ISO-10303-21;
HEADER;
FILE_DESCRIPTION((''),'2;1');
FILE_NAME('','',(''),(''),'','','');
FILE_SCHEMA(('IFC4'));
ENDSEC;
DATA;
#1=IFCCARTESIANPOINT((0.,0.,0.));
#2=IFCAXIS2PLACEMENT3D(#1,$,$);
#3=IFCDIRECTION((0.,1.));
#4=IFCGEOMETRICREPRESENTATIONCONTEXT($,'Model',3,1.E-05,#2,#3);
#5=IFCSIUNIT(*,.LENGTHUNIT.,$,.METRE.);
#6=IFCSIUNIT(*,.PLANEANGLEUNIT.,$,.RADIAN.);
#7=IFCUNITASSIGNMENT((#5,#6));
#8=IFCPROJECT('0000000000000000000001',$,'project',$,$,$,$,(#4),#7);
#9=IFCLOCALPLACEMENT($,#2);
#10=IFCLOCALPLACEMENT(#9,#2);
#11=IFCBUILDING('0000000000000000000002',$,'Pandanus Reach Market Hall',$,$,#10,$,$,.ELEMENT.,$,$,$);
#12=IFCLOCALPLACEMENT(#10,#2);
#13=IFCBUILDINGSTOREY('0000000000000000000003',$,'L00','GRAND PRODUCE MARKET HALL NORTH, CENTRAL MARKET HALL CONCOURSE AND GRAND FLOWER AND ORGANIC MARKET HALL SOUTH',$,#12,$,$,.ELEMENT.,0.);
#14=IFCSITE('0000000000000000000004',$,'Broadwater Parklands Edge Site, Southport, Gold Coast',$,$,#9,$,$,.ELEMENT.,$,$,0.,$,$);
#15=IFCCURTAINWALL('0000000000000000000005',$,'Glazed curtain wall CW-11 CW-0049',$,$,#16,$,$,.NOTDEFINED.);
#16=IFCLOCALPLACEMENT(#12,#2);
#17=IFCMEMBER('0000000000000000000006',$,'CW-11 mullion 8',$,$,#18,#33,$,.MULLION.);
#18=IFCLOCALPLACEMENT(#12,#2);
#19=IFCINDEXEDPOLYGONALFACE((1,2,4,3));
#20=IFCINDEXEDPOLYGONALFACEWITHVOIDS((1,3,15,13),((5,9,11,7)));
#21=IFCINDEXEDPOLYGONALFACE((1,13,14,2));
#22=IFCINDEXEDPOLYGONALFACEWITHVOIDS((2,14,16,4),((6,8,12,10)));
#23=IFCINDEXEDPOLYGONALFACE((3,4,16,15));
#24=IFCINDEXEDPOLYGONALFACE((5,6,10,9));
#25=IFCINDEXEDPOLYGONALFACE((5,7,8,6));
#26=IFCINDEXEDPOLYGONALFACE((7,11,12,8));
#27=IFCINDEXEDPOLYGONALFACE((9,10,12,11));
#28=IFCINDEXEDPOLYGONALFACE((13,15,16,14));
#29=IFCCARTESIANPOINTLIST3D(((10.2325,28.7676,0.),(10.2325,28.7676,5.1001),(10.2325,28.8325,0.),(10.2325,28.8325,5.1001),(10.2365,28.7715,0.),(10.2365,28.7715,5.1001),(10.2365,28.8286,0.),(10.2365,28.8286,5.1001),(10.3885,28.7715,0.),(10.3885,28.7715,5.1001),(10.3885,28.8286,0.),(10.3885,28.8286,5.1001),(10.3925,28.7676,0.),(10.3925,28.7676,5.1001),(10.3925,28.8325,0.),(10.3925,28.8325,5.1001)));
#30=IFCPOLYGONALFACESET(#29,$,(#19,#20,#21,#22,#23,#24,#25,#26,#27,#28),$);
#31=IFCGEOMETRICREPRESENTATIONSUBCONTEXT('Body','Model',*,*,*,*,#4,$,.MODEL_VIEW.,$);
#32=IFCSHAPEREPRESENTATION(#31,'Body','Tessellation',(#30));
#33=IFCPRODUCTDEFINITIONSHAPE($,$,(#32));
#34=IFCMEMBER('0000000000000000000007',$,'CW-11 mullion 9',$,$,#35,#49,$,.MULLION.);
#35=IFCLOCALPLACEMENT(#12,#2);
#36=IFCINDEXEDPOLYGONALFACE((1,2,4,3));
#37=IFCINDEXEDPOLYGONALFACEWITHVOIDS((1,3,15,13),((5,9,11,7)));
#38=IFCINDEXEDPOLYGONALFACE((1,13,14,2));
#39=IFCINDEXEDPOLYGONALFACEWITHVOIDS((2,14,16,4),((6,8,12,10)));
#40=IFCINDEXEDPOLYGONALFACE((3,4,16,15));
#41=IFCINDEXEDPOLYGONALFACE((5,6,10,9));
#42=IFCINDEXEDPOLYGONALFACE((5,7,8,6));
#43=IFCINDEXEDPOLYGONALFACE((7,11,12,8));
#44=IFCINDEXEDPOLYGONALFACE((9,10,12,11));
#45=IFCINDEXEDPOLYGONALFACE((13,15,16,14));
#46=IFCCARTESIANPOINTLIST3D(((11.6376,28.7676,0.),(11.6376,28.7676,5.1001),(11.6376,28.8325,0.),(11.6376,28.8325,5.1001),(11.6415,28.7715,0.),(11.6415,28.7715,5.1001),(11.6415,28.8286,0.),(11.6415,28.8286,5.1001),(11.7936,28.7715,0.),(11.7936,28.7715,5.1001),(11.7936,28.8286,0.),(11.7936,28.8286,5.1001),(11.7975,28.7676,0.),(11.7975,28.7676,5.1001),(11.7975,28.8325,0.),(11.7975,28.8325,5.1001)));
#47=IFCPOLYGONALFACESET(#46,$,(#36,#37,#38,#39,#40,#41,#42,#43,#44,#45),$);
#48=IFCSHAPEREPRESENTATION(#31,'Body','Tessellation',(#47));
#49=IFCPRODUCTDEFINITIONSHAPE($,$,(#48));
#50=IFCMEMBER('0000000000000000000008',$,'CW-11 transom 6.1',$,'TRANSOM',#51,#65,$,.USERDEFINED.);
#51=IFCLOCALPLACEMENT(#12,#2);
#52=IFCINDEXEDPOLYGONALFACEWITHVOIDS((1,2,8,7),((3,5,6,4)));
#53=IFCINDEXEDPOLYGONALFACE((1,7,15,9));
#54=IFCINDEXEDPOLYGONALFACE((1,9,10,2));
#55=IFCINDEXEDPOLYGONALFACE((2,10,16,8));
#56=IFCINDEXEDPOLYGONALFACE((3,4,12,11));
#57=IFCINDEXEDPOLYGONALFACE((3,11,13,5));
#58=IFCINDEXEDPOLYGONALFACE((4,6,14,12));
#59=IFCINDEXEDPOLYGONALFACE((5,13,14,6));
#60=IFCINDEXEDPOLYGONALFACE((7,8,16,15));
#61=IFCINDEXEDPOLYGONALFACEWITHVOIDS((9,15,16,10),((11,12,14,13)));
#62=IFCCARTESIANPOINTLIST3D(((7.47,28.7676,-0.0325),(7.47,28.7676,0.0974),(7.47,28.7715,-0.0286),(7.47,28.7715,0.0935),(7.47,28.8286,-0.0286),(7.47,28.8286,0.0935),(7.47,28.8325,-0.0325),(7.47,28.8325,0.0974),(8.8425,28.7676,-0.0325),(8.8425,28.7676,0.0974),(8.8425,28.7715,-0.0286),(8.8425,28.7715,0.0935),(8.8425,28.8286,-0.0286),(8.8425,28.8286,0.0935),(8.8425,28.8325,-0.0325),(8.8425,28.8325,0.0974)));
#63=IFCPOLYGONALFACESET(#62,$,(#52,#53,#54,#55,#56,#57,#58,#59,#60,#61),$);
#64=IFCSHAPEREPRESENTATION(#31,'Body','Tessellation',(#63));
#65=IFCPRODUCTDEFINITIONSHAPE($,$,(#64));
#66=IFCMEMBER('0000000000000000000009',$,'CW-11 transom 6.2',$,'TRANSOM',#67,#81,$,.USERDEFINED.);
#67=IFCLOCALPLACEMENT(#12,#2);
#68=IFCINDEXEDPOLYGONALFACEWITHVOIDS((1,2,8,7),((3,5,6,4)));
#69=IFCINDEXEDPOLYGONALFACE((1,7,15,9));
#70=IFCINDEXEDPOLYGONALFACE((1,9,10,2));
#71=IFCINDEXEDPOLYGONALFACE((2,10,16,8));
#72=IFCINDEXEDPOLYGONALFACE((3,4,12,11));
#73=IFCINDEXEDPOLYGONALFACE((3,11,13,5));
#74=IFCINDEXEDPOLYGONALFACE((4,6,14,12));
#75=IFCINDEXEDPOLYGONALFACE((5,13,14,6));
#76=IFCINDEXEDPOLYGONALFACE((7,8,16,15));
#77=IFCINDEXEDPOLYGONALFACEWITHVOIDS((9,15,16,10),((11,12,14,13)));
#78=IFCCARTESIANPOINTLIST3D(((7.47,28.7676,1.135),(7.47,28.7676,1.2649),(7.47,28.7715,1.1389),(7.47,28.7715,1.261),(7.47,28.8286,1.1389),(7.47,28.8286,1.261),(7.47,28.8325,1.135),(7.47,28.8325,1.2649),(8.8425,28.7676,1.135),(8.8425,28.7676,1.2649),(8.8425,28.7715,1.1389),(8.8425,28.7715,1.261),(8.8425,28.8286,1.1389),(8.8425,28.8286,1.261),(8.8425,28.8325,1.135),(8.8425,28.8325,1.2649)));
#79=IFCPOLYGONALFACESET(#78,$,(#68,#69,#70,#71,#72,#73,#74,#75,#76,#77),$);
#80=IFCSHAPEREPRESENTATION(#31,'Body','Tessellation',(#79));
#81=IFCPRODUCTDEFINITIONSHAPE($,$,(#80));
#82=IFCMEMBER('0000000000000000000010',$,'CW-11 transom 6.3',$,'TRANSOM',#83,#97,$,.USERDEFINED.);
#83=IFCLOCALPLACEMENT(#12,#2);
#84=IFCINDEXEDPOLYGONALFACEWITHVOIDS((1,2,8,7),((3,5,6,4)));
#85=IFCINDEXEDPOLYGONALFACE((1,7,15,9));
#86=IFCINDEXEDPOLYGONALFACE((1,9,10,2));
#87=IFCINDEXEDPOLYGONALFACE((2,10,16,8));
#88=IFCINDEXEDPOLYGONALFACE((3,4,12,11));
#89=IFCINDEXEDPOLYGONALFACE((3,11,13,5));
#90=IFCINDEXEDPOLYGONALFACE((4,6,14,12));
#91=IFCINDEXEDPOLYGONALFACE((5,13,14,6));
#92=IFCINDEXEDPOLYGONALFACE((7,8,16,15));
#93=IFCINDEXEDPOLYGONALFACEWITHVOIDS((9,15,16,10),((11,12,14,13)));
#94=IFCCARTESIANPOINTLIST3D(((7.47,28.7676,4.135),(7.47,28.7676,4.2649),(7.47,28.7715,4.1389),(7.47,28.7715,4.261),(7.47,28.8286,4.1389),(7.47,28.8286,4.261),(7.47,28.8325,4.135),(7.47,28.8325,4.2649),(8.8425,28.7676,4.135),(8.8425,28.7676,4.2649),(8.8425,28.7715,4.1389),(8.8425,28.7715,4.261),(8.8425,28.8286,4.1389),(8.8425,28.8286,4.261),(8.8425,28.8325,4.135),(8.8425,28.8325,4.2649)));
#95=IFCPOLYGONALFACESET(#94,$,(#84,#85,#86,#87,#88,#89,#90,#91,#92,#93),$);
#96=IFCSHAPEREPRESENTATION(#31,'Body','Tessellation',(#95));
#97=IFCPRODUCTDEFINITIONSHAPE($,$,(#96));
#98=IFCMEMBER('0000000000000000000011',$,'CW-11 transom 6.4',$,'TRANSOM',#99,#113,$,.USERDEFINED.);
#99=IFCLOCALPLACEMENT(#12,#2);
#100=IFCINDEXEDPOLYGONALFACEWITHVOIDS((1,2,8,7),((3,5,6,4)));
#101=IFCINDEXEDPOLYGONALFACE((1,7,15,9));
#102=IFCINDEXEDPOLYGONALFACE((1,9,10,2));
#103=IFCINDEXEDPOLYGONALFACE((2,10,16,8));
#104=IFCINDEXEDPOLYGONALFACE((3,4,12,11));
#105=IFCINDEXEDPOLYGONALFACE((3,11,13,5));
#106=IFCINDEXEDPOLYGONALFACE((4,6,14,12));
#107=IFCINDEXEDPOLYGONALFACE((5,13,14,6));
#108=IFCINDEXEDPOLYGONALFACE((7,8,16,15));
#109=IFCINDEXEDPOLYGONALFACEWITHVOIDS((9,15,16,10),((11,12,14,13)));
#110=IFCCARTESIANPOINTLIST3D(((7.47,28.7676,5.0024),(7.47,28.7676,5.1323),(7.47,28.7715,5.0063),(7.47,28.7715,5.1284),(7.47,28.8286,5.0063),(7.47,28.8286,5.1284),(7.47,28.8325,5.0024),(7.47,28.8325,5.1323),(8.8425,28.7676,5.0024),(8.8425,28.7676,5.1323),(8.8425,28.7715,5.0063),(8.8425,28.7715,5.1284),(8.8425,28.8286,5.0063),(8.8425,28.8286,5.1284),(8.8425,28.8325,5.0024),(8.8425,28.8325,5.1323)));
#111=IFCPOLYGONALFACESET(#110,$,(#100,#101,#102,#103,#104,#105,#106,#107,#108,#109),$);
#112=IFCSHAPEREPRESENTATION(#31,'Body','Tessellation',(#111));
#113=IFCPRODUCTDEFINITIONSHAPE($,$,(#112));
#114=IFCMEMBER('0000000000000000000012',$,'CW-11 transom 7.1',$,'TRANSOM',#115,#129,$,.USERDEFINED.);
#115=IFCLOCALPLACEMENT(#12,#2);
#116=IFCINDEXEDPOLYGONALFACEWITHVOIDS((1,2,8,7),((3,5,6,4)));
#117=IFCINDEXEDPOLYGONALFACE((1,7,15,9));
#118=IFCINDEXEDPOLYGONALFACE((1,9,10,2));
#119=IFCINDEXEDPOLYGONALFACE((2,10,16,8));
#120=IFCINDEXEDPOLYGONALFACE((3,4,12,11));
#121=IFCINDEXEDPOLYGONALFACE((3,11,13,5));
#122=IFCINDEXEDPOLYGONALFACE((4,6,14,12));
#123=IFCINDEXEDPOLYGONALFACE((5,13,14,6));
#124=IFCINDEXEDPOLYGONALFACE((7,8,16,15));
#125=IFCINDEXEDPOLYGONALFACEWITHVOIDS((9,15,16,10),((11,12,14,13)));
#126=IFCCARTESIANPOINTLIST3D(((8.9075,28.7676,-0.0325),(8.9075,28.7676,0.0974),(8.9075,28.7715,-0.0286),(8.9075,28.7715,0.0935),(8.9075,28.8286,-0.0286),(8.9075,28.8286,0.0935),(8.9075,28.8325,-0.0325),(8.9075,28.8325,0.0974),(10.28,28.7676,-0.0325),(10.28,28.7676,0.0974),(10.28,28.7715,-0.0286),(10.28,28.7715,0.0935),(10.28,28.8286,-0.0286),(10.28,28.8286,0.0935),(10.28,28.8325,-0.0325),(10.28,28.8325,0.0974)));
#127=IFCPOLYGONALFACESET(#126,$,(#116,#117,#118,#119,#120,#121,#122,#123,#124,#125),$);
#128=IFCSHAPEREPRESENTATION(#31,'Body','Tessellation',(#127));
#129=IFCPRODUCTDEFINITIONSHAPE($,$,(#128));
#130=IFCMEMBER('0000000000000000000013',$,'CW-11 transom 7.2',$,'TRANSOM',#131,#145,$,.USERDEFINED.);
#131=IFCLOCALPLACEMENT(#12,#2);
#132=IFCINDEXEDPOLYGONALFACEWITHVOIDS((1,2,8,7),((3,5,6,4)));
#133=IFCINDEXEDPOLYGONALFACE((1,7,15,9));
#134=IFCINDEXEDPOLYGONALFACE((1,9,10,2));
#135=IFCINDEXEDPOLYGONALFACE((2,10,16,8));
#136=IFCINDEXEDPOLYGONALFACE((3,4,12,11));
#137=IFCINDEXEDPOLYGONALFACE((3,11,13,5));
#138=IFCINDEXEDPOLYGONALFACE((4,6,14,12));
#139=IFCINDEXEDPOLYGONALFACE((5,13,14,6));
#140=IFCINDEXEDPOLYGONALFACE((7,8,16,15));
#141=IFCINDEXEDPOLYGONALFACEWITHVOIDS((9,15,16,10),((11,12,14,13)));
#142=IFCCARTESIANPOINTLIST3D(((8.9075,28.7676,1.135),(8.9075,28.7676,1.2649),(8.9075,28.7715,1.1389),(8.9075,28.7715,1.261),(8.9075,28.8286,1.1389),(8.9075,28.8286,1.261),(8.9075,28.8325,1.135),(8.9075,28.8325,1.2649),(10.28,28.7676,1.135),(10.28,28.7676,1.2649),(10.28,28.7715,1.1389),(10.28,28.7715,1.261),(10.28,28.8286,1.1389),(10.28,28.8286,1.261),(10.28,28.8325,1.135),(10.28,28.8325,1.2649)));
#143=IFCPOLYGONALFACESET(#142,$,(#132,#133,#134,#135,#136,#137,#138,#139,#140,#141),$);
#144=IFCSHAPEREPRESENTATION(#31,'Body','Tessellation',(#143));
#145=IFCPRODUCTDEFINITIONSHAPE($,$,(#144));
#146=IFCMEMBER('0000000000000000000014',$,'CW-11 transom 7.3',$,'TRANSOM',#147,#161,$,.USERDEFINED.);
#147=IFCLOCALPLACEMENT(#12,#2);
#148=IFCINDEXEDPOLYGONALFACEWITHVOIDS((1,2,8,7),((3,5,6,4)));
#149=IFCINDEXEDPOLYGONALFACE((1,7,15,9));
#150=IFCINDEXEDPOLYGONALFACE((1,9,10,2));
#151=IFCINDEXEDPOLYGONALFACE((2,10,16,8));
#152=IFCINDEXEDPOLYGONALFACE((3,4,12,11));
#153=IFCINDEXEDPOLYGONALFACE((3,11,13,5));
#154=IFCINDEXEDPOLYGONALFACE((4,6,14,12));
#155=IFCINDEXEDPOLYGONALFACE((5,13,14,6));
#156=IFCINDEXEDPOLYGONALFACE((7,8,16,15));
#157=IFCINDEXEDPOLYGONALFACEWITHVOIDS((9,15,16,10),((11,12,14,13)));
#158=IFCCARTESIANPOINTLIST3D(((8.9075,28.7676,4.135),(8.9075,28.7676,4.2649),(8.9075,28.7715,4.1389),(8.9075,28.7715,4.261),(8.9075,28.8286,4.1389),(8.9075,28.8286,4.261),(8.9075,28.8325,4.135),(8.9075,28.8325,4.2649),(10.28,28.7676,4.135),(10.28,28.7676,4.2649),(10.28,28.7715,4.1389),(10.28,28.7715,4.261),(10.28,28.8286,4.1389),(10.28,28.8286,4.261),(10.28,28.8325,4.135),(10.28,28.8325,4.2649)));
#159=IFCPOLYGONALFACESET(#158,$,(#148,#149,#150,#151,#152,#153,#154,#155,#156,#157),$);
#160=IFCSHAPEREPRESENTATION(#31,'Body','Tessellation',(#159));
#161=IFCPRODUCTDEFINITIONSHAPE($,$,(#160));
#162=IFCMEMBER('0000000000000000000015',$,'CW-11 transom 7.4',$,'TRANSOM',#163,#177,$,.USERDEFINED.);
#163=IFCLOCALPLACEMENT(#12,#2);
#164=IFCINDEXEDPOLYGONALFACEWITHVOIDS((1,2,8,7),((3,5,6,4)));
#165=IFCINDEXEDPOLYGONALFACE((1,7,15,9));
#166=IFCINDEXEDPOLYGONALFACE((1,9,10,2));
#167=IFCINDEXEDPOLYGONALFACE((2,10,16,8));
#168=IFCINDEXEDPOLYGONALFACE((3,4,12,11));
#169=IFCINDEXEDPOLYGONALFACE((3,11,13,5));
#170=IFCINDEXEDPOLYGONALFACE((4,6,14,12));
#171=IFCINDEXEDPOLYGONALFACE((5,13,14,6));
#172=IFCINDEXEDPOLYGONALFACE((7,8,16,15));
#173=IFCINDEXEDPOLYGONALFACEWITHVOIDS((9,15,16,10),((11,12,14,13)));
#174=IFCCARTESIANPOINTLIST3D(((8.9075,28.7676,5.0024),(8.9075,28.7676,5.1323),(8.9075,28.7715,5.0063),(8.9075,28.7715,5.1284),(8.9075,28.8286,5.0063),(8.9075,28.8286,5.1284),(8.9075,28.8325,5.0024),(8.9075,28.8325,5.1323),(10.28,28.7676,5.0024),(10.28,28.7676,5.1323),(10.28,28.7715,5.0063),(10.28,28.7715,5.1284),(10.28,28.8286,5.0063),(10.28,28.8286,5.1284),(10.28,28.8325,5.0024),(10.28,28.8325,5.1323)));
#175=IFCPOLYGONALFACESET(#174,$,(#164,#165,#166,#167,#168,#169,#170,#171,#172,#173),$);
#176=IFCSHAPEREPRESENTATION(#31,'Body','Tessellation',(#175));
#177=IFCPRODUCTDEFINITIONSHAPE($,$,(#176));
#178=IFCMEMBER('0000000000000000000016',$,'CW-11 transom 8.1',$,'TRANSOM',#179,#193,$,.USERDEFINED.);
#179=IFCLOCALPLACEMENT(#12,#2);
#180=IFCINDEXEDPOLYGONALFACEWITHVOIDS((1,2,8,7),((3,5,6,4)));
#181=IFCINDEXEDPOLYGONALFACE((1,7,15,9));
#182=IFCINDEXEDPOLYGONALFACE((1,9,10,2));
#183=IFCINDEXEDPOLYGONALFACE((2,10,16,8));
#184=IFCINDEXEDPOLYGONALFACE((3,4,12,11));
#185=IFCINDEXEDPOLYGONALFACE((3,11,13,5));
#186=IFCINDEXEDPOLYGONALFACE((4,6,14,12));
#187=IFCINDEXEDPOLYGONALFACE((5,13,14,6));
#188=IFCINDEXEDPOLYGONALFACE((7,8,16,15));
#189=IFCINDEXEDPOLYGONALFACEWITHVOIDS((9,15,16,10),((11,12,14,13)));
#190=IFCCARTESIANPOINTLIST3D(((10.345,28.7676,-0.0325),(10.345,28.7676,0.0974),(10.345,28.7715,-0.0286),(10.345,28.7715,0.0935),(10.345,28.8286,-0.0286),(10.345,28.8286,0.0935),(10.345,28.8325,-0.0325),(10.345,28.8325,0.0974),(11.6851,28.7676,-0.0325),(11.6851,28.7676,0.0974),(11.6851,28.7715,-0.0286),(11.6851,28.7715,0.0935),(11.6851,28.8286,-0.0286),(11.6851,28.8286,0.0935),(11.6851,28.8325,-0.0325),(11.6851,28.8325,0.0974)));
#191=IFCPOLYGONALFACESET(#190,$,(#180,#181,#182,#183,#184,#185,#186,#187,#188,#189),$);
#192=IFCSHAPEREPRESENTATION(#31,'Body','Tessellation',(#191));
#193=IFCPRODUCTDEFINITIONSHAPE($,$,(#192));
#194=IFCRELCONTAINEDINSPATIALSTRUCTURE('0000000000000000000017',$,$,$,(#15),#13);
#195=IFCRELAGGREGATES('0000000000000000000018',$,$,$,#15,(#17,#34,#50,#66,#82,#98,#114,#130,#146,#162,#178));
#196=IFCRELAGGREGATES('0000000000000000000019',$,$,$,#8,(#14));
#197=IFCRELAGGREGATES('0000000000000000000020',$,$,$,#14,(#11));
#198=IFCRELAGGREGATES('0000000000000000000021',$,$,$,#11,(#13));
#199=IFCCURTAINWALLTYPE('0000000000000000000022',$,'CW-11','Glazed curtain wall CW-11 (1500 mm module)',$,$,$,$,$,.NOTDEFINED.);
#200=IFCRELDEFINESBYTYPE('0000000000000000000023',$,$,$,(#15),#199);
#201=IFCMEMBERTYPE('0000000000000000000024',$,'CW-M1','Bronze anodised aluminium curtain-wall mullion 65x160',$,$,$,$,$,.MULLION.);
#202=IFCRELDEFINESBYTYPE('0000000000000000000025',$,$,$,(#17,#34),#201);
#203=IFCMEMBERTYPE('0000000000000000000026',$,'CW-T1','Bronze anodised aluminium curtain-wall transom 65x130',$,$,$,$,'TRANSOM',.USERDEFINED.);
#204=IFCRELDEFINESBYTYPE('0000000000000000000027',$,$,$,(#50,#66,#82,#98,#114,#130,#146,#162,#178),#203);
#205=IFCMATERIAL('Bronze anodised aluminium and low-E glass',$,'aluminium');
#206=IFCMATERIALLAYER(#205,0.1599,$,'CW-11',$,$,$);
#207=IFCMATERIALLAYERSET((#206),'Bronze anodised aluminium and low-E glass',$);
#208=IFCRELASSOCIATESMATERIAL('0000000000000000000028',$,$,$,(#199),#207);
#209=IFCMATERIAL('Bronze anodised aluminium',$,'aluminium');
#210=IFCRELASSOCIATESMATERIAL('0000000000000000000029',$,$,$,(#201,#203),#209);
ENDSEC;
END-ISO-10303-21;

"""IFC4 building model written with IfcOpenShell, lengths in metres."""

from ifc_helpers import new_model, si_unit, direction, frame, origin, origin_2d, place, context, subcontext, project, spatial, hollow_rectangle, extrude, material, layer, layer_set, material_profile, profile_set, type_object, element, aggregate, save


model = new_model("IFC4")

# Units and contexts
model_context = context("Model", 3, precision=1e-05, world=origin(), true_north=direction((0.0, 1.0)))
body_context = subcontext(model_context, "Body", "Model", "MODEL_VIEW")
ifc_project = project(units=[si_unit("LENGTHUNIT", "METRE"), si_unit("PLANEANGLEUNIT", "RADIAN")], contexts=[model_context])

# Site, building, storey
site_placement = place(None, origin())
site = spatial("IfcSite", under=ifc_project, at=site_placement, Name="Broadwater Parklands Edge Site, Southport, Gold Coast", CompositionType="ELEMENT", RefElevation=0.0)
building_placement = place(site_placement, origin())
building = spatial("IfcBuilding", under=site, at=building_placement, Name="Pandanus Reach Market Hall", CompositionType="ELEMENT")
storey_placement = place(building_placement, origin())
storey = spatial("IfcBuildingStorey", under=building, at=storey_placement, Name="L00", Description="GRAND PRODUCE MARKET HALL NORTH, CENTRAL MARKET HALL CONCOURSE AND GRAND FLOWER AND ORGANIC MARKET HALL SOUTH", CompositionType="ELEMENT", Elevation=0.0)

# Curtain wall, members
ifc_material_1 = material(Name="Bronze anodised aluminium and low-E glass", Category="aluminium")
ifc_layer_1 = layer(ifc_material_1, 0.1599, Name="CW-11")
ifc_layer_set_1 = layer_set([ifc_layer_1], Name="Bronze anodised aluminium and low-E glass")
curtain_wall_type = type_object("IfcCurtainWallType", Name="CW-11", Description="Glazed curtain wall CW-11 (1500 mm module)", PredefinedType="NOTDEFINED", material=ifc_layer_set_1)
curtain_wall_placement = place(storey_placement, origin())
curtain_wall = element("IfcCurtainWall", 1, at=curtain_wall_placement, inside=storey, type_object=curtain_wall_type, Name="Glazed curtain wall CW-11 CW-0049", PredefinedType="NOTDEFINED")
ifc_material_2 = material(Name="Bronze anodised aluminium", Category="aluminium")
ifc_material_profile_1 = material_profile(ifc_material_2, hollow_rectangle(XDim=0.0649, YDim=0.1599, WallThickness=0.0039, at=origin_2d()), Name="ALU65x160", Category="LoadBearing")
ifc_profile_set_1 = profile_set([ifc_material_profile_1], Name="Bronze anodised aluminium")
member_type_1 = type_object("IfcMemberType", Name="CW-M1", Description="Bronze anodised aluminium curtain-wall mullion 65x160", PredefinedType="MULLION", material=ifc_profile_set_1)
member_1_placement = place(storey_placement, frame((10.3125, 28.8, 0.0), z_axis=(0.0, 0.0, 1.0), x_axis=(0.0, 1.0, 0.0)))
member_1 = element("IfcMember", 2, at=member_1_placement, type_object=member_type_1, Name="CW-11 mullion 8", PredefinedType="MULLION", context=body_context, shape_type="SweptSolid", body=[
    extrude(hollow_rectangle(XDim=0.0649, YDim=0.1599, WallThickness=0.0039, at=origin_2d()), origin(), (0.0, 0.0, 1.0), 5.1001),
])
member_2_placement = place(storey_placement, frame((11.7175, 28.8, 0.0), z_axis=(0.0, 0.0, 1.0), x_axis=(0.0, 1.0, 0.0)))
member_2 = element("IfcMember", 3, at=member_2_placement, type_object=member_type_1, Name="CW-11 mullion 9", PredefinedType="MULLION", context=body_context, shape_type="SweptSolid", body=[
    extrude(hollow_rectangle(XDim=0.0649, YDim=0.1599, WallThickness=0.0039, at=origin_2d()), origin(), (0.0, 0.0, 1.0), 5.1001),
])
ifc_material_profile_2 = material_profile(ifc_material_2, hollow_rectangle(XDim=0.0649, YDim=0.1299, WallThickness=0.0039, at=origin_2d()), Name="ALU65x130", Category="LoadBearing")
ifc_profile_set_2 = profile_set([ifc_material_profile_2], Name="Bronze anodised aluminium")
member_type_2 = type_object("IfcMemberType", Name="CW-T1", Description="Bronze anodised aluminium curtain-wall transom 65x130", ElementType="TRANSOM", PredefinedType="USERDEFINED", material=ifc_profile_set_2)
member_3_placement = place(storey_placement, frame((7.47, 28.8, 0.0325), z_axis=(1.0, 0.0, 0.0), x_axis=(0.0, 1.0, 0.0)))
member_3 = element("IfcMember", 4, at=member_3_placement, type_object=member_type_2, Name="CW-11 transom 6.1", ObjectType="TRANSOM", PredefinedType="USERDEFINED", context=body_context, shape_type="SweptSolid", body=[
    extrude(hollow_rectangle(XDim=0.0649, YDim=0.1299, WallThickness=0.0039, at=origin_2d()), origin(), (0.0, 0.0, 1.0), 1.3726),
])
member_4_placement = place(storey_placement, frame((7.47, 28.8, 1.2), z_axis=(1.0, 0.0, 0.0), x_axis=(0.0, 1.0, 0.0)))
member_4 = element("IfcMember", 5, at=member_4_placement, type_object=member_type_2, Name="CW-11 transom 6.2", ObjectType="TRANSOM", PredefinedType="USERDEFINED", context=body_context, shape_type="SweptSolid", body=[
    extrude(hollow_rectangle(XDim=0.0649, YDim=0.1299, WallThickness=0.0039, at=origin_2d()), origin(), (0.0, 0.0, 1.0), 1.3726),
])
member_5_placement = place(storey_placement, frame((7.47, 28.8, 4.2), z_axis=(1.0, 0.0, 0.0), x_axis=(0.0, 1.0, 0.0)))
member_5 = element("IfcMember", 6, at=member_5_placement, type_object=member_type_2, Name="CW-11 transom 6.3", ObjectType="TRANSOM", PredefinedType="USERDEFINED", context=body_context, shape_type="SweptSolid", body=[
    extrude(hollow_rectangle(XDim=0.0649, YDim=0.1299, WallThickness=0.0039, at=origin_2d()), origin(), (0.0, 0.0, 1.0), 1.3726),
])
member_6_placement = place(storey_placement, frame((7.47, 28.8, 5.0674), z_axis=(1.0, 0.0, 0.0), x_axis=(0.0, 1.0, 0.0)))
member_6 = element("IfcMember", 7, at=member_6_placement, type_object=member_type_2, Name="CW-11 transom 6.4", ObjectType="TRANSOM", PredefinedType="USERDEFINED", context=body_context, shape_type="SweptSolid", body=[
    extrude(hollow_rectangle(XDim=0.0649, YDim=0.1299, WallThickness=0.0039, at=origin_2d()), origin(), (0.0, 0.0, 1.0), 1.3726),
])
member_7_placement = place(storey_placement, frame((8.9075, 28.8, 0.0325), z_axis=(1.0, 0.0, 0.0), x_axis=(0.0, 1.0, 0.0)))
member_7 = element("IfcMember", 8, at=member_7_placement, type_object=member_type_2, Name="CW-11 transom 7.1", ObjectType="TRANSOM", PredefinedType="USERDEFINED", context=body_context, shape_type="SweptSolid", body=[
    extrude(hollow_rectangle(XDim=0.0649, YDim=0.1299, WallThickness=0.0039, at=origin_2d()), origin(), (0.0, 0.0, 1.0), 1.3726),
])
member_8_placement = place(storey_placement, frame((8.9075, 28.8, 1.2), z_axis=(1.0, 0.0, 0.0), x_axis=(0.0, 1.0, 0.0)))
member_8 = element("IfcMember", 9, at=member_8_placement, type_object=member_type_2, Name="CW-11 transom 7.2", ObjectType="TRANSOM", PredefinedType="USERDEFINED", context=body_context, shape_type="SweptSolid", body=[
    extrude(hollow_rectangle(XDim=0.0649, YDim=0.1299, WallThickness=0.0039, at=origin_2d()), origin(), (0.0, 0.0, 1.0), 1.3726),
])
member_9_placement = place(storey_placement, frame((8.9075, 28.8, 4.2), z_axis=(1.0, 0.0, 0.0), x_axis=(0.0, 1.0, 0.0)))
member_9 = element("IfcMember", 10, at=member_9_placement, type_object=member_type_2, Name="CW-11 transom 7.3", ObjectType="TRANSOM", PredefinedType="USERDEFINED", context=body_context, shape_type="SweptSolid", body=[
    extrude(hollow_rectangle(XDim=0.0649, YDim=0.1299, WallThickness=0.0039, at=origin_2d()), origin(), (0.0, 0.0, 1.0), 1.3726),
])
member_10_placement = place(storey_placement, frame((8.9075, 28.8, 5.0674), z_axis=(1.0, 0.0, 0.0), x_axis=(0.0, 1.0, 0.0)))
member_10 = element("IfcMember", 11, at=member_10_placement, type_object=member_type_2, Name="CW-11 transom 7.4", ObjectType="TRANSOM", PredefinedType="USERDEFINED", context=body_context, shape_type="SweptSolid", body=[
    extrude(hollow_rectangle(XDim=0.0649, YDim=0.1299, WallThickness=0.0039, at=origin_2d()), origin(), (0.0, 0.0, 1.0), 1.3726),
])
member_11_placement = place(storey_placement, frame((10.345, 28.8, 0.0325), z_axis=(1.0, 0.0, 0.0), x_axis=(0.0, 1.0, 0.0)))
member_11 = element("IfcMember", 12, at=member_11_placement, type_object=member_type_2, Name="CW-11 transom 8.1", ObjectType="TRANSOM", PredefinedType="USERDEFINED", context=body_context, shape_type="SweptSolid", body=[
    extrude(hollow_rectangle(XDim=0.0649, YDim=0.1299, WallThickness=0.0039, at=origin_2d()), origin(), (0.0, 0.0, 1.0), 1.3401),
])
aggregate(curtain_wall, [member_1, member_2, member_3, member_4, member_5, member_6, member_7, member_8, member_9, member_10, member_11])

save(model, "model.ifc")
